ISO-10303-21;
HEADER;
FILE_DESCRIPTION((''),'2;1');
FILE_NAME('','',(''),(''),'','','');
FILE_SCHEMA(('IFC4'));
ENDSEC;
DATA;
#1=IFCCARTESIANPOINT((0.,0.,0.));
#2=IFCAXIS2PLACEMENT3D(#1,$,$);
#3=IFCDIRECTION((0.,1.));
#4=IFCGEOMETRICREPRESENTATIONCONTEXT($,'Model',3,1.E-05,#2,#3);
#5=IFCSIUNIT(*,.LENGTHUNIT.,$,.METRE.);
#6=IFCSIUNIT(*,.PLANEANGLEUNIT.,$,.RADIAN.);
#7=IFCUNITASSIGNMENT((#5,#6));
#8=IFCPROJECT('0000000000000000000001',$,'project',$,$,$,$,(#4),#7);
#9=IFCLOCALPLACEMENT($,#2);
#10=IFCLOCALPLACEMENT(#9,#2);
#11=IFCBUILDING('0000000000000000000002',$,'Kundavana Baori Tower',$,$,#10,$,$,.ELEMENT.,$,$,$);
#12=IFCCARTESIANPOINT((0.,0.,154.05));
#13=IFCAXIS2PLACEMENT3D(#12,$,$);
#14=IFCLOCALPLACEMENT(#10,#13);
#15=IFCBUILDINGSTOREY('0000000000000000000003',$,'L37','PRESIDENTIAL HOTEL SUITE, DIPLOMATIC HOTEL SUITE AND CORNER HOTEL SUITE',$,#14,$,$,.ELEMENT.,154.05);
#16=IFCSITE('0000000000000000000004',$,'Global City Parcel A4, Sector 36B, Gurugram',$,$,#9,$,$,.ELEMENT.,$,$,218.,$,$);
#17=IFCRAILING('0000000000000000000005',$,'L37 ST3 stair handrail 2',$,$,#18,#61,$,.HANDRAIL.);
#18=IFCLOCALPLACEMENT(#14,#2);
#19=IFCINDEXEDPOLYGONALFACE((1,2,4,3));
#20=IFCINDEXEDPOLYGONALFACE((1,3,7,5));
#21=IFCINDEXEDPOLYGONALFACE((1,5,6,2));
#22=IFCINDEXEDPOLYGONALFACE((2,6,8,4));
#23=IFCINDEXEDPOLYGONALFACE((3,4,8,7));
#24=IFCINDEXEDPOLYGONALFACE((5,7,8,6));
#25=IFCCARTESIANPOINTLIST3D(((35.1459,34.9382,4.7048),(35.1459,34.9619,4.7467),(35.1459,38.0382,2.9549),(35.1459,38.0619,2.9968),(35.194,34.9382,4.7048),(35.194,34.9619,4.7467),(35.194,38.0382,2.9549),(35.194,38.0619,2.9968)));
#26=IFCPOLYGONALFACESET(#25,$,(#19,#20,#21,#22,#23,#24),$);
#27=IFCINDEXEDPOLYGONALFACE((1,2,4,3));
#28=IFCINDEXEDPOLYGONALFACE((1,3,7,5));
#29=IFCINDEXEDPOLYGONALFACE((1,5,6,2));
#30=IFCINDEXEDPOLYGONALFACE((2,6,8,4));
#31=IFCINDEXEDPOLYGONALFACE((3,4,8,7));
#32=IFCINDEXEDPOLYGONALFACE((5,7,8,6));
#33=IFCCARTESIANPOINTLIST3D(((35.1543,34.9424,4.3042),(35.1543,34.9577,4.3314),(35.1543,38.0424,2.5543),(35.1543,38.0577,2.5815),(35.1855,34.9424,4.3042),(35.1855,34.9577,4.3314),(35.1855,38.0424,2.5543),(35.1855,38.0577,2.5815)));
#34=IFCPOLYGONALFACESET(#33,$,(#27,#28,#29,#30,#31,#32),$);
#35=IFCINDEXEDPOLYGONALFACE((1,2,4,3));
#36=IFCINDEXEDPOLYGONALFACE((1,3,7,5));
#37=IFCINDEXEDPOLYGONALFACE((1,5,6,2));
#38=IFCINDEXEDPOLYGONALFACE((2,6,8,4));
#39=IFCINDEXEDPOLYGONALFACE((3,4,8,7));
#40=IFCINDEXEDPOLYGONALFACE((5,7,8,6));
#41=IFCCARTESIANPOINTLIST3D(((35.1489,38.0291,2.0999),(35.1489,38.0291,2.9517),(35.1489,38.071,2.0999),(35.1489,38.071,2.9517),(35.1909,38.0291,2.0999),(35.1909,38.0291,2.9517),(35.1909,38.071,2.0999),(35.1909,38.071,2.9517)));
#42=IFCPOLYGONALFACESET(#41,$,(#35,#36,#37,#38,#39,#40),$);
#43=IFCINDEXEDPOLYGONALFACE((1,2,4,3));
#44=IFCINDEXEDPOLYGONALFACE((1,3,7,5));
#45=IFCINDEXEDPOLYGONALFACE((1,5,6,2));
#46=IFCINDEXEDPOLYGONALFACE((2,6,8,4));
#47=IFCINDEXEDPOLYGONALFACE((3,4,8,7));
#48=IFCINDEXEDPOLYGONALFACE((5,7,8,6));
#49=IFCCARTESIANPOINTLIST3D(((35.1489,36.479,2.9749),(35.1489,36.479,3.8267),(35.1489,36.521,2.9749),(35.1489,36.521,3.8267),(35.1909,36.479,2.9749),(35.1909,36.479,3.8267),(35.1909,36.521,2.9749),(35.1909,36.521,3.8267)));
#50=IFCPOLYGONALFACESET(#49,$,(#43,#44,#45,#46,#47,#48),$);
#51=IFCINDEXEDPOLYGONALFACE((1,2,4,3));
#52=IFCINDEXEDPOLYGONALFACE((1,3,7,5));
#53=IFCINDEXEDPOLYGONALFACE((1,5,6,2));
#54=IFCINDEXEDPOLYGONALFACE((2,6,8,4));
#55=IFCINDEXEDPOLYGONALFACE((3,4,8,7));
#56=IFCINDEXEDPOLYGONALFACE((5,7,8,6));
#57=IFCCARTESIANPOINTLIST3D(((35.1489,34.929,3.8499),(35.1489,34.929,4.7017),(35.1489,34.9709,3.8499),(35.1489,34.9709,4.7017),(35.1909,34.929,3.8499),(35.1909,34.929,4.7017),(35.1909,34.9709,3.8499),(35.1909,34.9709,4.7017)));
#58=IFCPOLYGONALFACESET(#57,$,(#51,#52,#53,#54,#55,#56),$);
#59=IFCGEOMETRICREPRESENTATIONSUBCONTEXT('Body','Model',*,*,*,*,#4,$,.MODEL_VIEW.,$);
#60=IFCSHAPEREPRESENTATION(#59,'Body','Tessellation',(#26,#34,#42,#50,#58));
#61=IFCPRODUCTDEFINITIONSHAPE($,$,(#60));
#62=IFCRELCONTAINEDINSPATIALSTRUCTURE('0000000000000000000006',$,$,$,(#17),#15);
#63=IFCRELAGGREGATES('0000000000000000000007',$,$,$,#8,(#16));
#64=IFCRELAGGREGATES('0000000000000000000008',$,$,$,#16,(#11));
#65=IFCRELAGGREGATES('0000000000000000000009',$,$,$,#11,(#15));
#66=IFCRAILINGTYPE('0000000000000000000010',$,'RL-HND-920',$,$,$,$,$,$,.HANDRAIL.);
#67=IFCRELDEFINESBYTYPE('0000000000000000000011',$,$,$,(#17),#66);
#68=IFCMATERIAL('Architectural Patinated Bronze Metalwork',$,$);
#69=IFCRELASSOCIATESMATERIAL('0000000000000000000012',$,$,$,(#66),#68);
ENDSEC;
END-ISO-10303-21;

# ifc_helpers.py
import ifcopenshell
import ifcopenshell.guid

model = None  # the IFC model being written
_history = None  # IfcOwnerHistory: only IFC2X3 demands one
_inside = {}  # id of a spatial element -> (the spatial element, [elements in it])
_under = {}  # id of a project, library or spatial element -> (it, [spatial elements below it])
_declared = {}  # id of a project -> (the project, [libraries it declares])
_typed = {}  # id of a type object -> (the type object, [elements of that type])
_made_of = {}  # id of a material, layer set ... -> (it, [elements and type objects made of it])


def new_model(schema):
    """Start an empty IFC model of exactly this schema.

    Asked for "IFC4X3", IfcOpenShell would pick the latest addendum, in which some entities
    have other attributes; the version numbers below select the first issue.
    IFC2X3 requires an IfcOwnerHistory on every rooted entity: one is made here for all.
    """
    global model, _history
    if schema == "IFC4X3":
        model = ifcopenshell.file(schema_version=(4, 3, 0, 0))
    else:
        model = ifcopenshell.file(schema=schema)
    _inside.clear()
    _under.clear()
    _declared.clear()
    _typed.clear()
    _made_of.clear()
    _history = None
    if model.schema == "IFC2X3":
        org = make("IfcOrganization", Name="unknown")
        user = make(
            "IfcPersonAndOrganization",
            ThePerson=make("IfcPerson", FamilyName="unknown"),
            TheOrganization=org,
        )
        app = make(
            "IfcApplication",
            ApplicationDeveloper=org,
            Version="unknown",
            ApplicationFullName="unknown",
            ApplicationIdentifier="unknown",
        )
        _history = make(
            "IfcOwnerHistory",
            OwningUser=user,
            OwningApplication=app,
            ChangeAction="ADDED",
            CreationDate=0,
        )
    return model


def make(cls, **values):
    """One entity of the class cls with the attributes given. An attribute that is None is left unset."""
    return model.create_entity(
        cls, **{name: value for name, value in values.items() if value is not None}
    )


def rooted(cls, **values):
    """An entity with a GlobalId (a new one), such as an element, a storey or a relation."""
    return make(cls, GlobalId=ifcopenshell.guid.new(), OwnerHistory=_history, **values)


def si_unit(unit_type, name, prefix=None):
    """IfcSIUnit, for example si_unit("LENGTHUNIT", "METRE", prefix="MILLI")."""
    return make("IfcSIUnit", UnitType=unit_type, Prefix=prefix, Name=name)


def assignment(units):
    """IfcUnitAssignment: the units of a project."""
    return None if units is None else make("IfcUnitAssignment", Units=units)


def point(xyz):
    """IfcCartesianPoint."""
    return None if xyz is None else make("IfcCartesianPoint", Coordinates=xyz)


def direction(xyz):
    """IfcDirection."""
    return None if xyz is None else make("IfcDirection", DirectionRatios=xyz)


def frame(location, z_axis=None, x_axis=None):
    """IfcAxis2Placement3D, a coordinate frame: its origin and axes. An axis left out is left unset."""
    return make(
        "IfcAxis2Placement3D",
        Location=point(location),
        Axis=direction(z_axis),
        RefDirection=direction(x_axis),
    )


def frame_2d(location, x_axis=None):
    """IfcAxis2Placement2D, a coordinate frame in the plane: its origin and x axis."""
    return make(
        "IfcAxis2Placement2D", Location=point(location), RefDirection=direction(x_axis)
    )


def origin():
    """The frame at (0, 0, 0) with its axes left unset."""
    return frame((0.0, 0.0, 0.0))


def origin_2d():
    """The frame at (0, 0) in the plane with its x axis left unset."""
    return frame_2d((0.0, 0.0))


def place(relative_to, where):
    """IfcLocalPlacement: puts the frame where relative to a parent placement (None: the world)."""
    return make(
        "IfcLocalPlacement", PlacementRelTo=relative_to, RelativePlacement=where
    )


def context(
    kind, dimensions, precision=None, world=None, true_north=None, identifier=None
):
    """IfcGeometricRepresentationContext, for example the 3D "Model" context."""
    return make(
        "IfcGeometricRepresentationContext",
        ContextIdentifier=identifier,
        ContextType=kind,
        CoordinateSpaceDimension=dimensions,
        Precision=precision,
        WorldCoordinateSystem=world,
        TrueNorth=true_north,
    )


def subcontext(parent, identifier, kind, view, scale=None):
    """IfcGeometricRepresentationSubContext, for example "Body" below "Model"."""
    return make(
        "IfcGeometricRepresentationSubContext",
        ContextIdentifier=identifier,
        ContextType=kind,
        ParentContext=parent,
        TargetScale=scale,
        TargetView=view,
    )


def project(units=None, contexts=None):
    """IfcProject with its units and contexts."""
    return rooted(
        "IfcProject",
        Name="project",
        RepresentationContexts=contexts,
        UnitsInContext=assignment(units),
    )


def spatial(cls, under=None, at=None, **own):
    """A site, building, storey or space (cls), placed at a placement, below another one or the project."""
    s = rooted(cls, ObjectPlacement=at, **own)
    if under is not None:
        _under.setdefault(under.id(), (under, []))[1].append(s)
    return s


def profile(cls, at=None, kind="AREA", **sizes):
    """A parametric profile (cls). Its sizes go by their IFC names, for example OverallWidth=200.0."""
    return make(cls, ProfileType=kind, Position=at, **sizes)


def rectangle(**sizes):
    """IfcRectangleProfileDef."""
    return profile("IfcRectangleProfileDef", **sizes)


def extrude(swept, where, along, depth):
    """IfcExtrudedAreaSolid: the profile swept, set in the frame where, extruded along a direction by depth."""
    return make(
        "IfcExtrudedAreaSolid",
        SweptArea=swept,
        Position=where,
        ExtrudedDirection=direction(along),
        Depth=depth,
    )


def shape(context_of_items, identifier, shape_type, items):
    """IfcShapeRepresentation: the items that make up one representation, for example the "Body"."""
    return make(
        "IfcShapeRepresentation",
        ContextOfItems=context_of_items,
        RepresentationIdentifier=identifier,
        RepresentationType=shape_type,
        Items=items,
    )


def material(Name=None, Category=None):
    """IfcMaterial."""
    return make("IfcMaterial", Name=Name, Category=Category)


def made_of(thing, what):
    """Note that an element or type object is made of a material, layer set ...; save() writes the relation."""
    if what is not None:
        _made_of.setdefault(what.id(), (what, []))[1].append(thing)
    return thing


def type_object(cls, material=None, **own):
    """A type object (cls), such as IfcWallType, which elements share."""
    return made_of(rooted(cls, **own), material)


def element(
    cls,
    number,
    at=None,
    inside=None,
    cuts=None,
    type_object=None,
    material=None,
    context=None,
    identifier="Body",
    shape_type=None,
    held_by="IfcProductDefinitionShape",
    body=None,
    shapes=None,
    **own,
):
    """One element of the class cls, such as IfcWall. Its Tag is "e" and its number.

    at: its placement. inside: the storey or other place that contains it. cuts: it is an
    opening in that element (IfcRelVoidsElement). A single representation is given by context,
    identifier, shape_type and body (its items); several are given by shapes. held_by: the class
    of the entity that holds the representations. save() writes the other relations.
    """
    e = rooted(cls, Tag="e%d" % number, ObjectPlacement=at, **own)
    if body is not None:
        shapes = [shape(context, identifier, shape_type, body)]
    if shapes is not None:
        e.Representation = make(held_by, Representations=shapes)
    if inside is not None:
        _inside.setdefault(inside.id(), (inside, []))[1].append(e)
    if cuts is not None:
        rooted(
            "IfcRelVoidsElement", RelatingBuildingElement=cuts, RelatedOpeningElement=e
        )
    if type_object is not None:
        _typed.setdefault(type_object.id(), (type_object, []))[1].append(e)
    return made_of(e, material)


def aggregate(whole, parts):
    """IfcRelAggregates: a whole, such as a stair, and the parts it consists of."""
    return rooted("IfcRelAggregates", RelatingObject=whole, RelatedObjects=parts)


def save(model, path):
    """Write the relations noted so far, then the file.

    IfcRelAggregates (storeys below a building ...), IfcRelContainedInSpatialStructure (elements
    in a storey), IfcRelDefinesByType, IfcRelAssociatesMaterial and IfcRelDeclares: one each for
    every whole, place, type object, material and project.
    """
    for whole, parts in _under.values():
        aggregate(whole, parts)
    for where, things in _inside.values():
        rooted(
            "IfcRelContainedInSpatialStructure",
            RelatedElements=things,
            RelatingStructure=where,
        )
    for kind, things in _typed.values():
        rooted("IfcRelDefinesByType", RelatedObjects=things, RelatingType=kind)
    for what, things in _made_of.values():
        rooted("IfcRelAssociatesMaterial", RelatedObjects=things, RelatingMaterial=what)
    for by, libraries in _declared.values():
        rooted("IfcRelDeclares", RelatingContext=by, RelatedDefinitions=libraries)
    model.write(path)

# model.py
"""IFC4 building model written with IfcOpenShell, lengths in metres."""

from ifc_helpers import new_model, si_unit, direction, frame, origin, origin_2d, place, context, subcontext, project, spatial, rectangle, extrude, material, type_object, element, save


model = new_model("IFC4")

# Units and contexts
model_context = context("Model", 3, precision=1e-05, world=origin(), true_north=direction((0.0, 1.0)))
body_context = subcontext(model_context, "Body", "Model", "MODEL_VIEW")
ifc_project = project(units=[si_unit("LENGTHUNIT", "METRE"), si_unit("PLANEANGLEUNIT", "RADIAN")], contexts=[model_context])

# Site, building, storey
site_placement = place(None, origin())
site = spatial("IfcSite", under=ifc_project, at=site_placement, Name="Global City Parcel A4, Sector 36B, Gurugram", CompositionType="ELEMENT", RefElevation=218.0)
building_placement = place(site_placement, origin())
building = spatial("IfcBuilding", under=site, at=building_placement, Name="Kundavana Baori Tower", CompositionType="ELEMENT")
storey_placement = place(building_placement, frame((0.0, 0.0, 154.05)))
storey = spatial("IfcBuildingStorey", under=building, at=storey_placement, Name="L37", Description="PRESIDENTIAL HOTEL SUITE, DIPLOMATIC HOTEL SUITE AND CORNER HOTEL SUITE", CompositionType="ELEMENT", Elevation=154.05)

# Railing
ifc_material_1 = material(Name="Architectural Patinated Bronze Metalwork")
railing_type_1 = type_object("IfcRailingType", Name="RL-HND-920", PredefinedType="HANDRAIL", material=ifc_material_1)
railing_1_placement = place(storey_placement, frame((35.1699, 38.05, 2.0999)))
element("IfcRailing", 1, at=railing_1_placement, inside=storey, type_object=railing_type_1, Name="L37 ST3 stair handrail 2", PredefinedType="HANDRAIL", context=body_context, shape_type="SweptSolid", body=[
    extrude(rectangle(XDim=0.0481, YDim=0.0481, at=origin_2d()), frame((0.0, 0.0, 0.876), z_axis=(0.0, -0.870831, 0.491583), x_axis=(1.0, 0.0, 0.0)), (0.0, 0.0, 1.0), 3.5598),
    extrude(rectangle(XDim=0.0312, YDim=0.0312, at=origin_2d()), frame((0.0, 0.0, 0.468), z_axis=(0.0, -0.870831, 0.491583), x_axis=(1.0, 0.0, 0.0)), (0.0, 0.0, 1.0), 3.5598),
    extrude(rectangle(XDim=0.042, YDim=0.042, at=origin_2d()), origin(), (0.0, 0.0, 1.0), 0.8518),
    extrude(rectangle(XDim=0.042, YDim=0.042, at=origin_2d()), frame((0.0, -1.55, 0.875)), (0.0, 0.0, 1.0), 0.8518),
    extrude(rectangle(XDim=0.042, YDim=0.042, at=origin_2d()), frame((0.0, -3.1001, 1.75)), (0.0, 0.0, 1.0), 0.8518),
])

save(model, "model.ifc")
